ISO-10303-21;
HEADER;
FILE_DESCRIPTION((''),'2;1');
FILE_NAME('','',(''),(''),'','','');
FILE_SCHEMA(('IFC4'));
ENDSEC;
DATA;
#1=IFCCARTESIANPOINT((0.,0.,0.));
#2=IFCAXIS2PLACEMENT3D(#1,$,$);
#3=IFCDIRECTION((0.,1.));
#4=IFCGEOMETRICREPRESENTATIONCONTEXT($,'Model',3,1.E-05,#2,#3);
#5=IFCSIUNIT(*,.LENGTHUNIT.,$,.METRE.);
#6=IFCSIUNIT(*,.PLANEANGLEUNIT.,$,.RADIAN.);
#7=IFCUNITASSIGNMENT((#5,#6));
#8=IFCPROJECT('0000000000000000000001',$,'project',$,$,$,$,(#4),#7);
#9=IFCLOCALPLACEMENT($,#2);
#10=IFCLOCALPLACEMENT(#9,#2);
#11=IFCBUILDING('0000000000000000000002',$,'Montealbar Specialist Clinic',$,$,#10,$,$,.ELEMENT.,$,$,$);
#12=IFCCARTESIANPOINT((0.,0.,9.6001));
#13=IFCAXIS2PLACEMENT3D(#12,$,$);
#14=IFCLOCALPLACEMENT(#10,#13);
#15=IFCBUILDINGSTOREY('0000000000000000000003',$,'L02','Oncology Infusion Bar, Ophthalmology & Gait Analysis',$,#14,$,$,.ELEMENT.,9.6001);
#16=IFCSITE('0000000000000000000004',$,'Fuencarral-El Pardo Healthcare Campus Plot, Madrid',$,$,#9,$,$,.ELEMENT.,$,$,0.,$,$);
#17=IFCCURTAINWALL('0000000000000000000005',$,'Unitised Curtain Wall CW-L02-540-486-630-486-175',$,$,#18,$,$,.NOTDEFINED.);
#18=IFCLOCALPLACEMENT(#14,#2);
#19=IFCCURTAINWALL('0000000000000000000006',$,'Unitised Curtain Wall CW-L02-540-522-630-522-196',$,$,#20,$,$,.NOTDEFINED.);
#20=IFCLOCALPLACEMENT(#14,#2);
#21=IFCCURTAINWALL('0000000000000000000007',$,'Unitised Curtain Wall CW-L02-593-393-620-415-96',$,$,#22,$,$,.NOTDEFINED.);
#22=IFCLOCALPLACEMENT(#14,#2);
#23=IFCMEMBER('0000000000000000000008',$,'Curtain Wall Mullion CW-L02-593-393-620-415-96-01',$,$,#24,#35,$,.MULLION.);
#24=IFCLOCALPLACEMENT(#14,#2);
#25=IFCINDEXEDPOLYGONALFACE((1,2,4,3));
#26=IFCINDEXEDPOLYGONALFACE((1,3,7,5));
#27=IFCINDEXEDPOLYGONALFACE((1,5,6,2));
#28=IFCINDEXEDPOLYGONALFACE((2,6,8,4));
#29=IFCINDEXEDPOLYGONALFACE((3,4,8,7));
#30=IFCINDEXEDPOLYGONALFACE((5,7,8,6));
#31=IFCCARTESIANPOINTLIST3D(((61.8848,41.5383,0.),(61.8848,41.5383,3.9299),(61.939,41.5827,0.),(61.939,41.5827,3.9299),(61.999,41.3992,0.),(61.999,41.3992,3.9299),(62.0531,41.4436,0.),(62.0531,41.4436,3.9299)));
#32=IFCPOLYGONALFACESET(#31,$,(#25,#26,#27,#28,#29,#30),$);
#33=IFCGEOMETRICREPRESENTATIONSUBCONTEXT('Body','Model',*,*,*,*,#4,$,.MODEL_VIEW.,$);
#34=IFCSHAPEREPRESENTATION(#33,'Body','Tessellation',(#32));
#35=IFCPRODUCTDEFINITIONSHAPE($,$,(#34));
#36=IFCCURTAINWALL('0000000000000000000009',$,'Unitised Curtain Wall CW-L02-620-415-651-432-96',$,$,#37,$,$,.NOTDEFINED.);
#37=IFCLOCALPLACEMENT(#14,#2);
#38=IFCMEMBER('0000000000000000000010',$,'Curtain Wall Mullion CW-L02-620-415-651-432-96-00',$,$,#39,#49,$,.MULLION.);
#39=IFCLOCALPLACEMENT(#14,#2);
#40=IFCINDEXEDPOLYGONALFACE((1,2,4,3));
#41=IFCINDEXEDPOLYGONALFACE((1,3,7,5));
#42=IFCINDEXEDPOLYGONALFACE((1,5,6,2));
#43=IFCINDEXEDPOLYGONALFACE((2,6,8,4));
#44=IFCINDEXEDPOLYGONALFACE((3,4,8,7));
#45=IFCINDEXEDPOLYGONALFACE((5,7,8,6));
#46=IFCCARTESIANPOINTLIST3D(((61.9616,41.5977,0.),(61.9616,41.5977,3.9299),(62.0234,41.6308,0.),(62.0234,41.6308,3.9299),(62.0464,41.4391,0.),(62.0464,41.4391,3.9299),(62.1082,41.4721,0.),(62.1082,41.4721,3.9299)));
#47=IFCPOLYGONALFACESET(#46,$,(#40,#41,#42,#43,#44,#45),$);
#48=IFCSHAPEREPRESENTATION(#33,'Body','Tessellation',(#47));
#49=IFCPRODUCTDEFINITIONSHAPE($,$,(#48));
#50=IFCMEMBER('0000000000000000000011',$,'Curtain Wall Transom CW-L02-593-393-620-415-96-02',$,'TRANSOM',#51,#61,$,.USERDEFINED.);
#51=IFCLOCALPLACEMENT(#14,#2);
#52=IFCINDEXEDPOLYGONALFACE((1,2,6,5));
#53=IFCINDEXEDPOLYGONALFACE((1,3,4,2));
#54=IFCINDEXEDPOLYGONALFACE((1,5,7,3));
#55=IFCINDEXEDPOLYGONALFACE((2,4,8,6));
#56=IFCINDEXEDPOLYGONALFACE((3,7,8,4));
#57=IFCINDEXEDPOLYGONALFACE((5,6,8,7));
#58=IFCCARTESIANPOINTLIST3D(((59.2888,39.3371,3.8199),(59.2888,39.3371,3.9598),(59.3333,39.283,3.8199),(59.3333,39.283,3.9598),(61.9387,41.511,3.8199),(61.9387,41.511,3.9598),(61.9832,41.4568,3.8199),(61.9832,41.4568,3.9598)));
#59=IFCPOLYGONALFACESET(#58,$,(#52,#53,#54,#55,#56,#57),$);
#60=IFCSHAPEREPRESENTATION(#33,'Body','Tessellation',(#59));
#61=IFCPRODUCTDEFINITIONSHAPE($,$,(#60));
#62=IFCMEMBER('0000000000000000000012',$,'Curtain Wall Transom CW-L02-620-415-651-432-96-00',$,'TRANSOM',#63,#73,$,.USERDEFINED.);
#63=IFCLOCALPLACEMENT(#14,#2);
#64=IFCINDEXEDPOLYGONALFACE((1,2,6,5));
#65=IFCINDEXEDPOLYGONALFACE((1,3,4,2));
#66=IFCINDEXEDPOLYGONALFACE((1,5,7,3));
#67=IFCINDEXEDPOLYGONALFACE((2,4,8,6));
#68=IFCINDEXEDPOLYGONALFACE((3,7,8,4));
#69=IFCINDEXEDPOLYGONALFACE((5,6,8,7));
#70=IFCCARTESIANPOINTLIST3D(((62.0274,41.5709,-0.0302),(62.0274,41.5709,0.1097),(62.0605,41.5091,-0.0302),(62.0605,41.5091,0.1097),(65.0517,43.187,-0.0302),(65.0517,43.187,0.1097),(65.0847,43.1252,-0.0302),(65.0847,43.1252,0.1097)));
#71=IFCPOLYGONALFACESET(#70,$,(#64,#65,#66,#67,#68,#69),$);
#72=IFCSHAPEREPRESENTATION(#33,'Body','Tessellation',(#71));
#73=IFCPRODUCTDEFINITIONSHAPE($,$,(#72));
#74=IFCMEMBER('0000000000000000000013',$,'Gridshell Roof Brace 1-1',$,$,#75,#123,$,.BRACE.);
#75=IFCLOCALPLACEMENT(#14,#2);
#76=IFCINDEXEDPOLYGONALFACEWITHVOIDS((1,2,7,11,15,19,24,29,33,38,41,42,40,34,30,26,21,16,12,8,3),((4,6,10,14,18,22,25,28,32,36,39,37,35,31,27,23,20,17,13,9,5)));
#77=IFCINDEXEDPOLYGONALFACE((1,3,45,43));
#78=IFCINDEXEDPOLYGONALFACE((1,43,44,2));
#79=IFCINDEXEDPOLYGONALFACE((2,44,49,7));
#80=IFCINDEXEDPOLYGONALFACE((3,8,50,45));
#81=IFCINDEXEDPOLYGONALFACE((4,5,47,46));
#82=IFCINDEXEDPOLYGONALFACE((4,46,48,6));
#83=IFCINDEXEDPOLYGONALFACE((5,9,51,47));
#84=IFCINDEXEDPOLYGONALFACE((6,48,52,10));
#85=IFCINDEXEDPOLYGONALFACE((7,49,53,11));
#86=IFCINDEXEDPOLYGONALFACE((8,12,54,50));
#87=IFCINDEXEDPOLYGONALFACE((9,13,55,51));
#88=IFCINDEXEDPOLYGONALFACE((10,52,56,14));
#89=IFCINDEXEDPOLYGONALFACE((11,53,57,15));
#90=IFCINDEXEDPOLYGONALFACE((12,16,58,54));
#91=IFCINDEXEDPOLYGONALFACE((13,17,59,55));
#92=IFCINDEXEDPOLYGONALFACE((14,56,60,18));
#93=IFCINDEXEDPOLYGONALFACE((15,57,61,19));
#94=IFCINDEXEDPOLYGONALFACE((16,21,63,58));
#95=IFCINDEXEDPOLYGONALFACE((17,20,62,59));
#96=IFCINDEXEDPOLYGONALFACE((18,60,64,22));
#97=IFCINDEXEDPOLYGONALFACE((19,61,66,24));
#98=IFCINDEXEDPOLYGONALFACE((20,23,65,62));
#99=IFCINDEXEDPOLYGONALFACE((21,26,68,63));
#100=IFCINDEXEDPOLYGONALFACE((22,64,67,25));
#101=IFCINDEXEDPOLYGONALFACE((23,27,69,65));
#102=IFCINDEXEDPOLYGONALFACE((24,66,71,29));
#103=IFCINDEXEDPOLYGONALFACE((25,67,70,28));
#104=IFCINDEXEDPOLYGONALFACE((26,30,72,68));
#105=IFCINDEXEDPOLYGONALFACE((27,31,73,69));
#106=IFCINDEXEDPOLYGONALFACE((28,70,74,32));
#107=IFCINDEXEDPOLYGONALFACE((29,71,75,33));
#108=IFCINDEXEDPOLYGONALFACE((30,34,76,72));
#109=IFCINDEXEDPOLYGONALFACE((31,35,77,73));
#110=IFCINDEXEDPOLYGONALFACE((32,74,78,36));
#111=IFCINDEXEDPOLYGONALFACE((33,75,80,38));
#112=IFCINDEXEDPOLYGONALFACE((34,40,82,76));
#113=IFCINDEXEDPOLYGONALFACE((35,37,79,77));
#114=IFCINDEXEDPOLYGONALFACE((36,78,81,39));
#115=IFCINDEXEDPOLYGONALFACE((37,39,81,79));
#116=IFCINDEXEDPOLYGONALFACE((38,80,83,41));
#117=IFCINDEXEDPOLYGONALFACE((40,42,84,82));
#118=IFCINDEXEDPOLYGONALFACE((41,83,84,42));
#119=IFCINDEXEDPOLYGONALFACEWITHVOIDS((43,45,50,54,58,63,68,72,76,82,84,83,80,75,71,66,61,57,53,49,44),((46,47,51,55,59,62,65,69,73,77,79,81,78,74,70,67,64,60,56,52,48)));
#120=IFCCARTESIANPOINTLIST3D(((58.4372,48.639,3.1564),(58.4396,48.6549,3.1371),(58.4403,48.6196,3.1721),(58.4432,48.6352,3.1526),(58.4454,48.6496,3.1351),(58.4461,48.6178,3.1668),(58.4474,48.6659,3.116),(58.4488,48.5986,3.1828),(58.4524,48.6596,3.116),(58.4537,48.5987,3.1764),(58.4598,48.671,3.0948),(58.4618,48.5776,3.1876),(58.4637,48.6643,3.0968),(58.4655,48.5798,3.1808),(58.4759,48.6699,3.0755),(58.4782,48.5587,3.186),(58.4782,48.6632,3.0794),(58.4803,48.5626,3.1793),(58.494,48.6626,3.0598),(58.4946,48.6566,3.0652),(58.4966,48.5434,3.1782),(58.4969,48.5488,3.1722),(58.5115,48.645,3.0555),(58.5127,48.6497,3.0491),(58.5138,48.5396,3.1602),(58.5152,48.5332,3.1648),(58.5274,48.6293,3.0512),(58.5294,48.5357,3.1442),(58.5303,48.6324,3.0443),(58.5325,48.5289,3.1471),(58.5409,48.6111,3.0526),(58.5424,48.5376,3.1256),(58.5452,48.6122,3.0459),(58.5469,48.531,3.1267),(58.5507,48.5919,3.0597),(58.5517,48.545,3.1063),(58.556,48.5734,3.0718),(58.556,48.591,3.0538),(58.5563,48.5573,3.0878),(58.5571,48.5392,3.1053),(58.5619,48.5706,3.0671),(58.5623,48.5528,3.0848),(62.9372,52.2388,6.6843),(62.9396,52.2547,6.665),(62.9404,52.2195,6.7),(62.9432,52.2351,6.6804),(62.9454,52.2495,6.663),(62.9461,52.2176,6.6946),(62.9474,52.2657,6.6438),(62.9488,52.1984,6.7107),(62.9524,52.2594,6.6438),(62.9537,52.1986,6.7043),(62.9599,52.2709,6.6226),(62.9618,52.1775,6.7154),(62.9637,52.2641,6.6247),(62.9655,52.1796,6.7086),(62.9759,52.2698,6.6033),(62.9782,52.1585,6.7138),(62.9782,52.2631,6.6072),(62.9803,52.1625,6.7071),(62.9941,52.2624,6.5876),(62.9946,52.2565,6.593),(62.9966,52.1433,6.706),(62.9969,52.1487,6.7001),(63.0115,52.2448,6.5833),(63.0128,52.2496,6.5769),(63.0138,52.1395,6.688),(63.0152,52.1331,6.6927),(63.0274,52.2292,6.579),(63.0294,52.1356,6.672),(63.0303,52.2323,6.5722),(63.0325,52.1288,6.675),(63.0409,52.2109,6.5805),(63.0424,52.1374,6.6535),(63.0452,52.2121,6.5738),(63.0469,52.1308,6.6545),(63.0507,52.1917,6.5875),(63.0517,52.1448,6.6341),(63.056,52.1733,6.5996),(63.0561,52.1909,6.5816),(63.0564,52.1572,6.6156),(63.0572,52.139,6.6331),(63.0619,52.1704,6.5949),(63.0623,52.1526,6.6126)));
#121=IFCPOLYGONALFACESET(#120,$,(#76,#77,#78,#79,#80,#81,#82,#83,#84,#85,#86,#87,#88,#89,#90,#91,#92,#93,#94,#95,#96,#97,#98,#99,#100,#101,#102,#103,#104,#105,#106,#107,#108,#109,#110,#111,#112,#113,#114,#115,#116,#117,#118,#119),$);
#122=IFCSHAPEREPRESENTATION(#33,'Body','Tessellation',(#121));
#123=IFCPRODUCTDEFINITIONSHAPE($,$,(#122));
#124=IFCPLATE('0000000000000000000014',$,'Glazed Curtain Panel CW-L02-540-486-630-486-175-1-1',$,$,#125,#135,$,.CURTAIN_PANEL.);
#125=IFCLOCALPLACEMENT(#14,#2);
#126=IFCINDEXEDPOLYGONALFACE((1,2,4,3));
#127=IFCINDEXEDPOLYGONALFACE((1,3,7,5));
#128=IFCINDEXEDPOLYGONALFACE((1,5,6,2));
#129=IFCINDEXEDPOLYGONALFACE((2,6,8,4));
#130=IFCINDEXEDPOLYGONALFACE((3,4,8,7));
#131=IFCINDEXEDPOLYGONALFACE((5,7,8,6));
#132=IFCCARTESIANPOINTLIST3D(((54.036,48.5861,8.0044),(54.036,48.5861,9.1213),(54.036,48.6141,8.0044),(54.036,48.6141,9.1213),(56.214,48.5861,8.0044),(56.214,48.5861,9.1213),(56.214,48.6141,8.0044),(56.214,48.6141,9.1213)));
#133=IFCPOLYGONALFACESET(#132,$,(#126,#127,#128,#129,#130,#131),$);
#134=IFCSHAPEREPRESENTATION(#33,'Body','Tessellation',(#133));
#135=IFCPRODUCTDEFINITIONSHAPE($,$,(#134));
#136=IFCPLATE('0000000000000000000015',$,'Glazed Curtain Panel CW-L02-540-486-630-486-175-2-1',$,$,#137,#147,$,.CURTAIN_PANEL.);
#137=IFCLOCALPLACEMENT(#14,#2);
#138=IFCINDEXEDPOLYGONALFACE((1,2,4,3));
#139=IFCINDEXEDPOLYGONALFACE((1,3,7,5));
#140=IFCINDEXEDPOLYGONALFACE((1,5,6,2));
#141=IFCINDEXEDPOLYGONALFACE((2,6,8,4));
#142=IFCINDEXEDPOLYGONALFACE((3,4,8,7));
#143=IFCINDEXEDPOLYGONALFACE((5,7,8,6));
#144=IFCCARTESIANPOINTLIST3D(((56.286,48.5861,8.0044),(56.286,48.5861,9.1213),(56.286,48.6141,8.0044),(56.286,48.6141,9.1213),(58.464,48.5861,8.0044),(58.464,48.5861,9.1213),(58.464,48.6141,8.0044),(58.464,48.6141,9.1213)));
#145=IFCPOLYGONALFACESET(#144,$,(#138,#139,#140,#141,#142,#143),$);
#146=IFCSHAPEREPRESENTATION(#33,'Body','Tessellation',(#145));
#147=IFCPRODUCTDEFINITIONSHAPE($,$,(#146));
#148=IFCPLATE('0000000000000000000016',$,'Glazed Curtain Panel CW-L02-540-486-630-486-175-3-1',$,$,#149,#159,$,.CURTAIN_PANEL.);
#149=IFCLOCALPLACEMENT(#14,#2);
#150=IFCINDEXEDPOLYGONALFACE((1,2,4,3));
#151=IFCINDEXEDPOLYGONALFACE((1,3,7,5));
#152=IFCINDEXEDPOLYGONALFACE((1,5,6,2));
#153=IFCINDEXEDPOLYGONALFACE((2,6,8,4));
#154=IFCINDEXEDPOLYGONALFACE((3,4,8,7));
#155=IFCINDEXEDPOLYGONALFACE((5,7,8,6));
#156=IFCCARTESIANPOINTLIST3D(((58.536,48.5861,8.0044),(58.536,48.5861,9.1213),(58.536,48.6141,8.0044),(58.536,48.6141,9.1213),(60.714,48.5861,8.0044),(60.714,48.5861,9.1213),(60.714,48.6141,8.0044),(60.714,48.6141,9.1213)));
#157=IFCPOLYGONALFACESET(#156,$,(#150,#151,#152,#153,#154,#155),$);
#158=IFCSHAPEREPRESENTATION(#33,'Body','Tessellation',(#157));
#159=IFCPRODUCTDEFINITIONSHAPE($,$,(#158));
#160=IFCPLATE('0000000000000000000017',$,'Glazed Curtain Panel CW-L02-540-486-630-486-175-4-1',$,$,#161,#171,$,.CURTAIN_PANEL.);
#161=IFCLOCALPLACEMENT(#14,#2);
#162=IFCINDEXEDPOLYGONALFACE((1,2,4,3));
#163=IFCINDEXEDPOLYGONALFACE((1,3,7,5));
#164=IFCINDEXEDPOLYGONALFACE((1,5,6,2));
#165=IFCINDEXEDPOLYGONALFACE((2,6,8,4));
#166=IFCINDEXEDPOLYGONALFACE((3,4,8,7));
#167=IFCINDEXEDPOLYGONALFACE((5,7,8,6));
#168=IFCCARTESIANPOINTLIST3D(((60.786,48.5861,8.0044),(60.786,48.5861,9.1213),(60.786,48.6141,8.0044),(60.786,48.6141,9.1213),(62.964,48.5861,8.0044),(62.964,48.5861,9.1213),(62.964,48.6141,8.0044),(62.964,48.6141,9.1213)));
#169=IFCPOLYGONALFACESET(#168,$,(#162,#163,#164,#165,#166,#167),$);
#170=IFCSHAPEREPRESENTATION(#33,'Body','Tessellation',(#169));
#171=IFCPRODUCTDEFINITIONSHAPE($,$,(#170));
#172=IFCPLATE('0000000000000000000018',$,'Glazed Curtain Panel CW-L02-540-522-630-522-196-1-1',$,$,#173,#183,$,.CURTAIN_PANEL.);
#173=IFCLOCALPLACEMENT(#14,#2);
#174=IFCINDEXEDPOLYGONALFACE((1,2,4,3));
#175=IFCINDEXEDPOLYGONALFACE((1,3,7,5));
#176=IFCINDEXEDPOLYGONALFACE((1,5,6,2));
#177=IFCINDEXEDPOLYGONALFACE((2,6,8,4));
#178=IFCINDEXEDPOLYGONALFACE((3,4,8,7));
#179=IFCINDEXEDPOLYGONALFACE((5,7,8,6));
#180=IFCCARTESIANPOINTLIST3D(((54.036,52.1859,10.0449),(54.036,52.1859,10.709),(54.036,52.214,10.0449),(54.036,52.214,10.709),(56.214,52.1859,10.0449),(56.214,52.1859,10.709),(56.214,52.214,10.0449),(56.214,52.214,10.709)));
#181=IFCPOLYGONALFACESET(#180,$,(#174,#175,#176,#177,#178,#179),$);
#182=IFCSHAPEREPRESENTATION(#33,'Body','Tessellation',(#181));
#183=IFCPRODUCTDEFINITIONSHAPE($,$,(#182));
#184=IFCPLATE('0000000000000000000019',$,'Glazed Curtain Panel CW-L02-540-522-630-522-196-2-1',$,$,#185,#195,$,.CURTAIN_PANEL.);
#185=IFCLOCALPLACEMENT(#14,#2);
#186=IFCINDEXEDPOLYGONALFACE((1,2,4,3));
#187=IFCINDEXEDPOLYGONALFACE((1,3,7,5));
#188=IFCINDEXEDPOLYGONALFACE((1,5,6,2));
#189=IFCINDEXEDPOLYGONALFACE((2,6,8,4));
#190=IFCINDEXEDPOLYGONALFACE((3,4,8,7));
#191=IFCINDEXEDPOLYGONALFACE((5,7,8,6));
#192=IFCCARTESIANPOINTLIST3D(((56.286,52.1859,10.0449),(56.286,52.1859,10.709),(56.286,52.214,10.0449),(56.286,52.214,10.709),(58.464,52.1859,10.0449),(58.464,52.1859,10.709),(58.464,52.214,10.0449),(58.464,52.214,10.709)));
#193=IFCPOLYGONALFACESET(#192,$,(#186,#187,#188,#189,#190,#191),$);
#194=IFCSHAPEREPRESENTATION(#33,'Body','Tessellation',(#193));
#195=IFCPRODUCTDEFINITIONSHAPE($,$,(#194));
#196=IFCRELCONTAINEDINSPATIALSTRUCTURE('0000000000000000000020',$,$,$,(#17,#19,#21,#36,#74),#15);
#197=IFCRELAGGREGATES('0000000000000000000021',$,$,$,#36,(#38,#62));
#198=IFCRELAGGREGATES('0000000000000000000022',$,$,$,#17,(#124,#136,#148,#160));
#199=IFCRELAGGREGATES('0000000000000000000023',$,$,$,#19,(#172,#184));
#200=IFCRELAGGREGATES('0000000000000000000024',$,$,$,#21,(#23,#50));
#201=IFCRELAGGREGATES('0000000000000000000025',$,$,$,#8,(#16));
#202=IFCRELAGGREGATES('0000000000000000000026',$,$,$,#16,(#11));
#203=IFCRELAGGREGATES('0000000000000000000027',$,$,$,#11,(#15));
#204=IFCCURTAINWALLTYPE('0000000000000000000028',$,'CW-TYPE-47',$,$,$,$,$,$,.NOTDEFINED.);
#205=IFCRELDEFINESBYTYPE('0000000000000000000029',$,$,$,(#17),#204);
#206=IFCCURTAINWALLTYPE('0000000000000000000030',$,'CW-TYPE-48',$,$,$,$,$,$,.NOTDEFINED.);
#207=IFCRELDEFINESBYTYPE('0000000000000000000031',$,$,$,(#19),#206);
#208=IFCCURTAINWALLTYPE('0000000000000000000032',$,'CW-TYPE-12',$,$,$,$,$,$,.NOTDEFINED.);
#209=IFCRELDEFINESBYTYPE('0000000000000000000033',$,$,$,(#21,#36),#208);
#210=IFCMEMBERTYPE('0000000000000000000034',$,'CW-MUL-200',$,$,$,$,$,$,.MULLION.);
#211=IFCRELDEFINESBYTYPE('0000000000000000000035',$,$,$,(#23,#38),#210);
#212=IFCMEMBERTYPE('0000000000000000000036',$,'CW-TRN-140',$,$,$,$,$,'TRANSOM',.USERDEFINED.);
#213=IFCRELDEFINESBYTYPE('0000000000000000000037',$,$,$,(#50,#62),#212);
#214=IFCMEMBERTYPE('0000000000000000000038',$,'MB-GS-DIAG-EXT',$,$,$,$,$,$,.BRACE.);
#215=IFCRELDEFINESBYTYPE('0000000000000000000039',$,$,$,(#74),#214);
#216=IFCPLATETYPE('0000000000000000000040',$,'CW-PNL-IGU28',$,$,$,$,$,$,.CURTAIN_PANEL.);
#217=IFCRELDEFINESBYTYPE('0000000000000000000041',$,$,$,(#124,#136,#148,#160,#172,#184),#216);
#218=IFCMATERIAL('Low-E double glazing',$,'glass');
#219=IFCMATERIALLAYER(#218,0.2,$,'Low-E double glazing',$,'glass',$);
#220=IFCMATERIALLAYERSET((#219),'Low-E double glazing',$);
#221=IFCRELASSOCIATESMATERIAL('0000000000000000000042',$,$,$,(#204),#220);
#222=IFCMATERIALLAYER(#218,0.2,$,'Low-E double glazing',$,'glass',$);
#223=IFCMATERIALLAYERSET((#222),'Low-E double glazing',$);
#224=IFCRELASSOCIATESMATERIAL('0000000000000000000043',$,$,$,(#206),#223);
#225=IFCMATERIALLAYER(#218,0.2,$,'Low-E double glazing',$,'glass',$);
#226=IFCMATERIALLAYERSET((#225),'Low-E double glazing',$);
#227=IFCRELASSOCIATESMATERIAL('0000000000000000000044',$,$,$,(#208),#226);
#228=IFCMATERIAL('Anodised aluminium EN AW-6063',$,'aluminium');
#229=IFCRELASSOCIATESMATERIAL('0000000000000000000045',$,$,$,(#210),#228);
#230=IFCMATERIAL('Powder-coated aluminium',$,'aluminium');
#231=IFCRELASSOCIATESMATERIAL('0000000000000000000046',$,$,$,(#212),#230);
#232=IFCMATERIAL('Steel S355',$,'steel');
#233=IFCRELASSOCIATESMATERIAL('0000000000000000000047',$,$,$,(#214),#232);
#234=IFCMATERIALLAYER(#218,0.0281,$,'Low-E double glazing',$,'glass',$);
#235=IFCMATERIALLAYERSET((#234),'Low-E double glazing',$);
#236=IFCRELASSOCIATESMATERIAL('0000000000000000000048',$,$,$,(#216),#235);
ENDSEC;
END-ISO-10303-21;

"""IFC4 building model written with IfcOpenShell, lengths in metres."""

from ifc_helpers import new_model, si_unit, direction, frame, origin, origin_2d, place, context, subcontext, project, spatial, rectangle, hollow_circle, extrude, material, layer, layer_set, material_profile, profile_set, type_object, element, aggregate, save


model = new_model("IFC4")

# Units and contexts
model_context = context("Model", 3, precision=1e-05, world=origin(), true_north=direction((0.0, 1.0)))
body_context = subcontext(model_context, "Body", "Model", "MODEL_VIEW")
ifc_project = project(units=[si_unit("LENGTHUNIT", "METRE"), si_unit("PLANEANGLEUNIT", "RADIAN")], contexts=[model_context])

# Site, building, storey
site_placement = place(None, origin())
site = spatial("IfcSite", under=ifc_project, at=site_placement, Name="Fuencarral-El Pardo Healthcare Campus Plot, Madrid", CompositionType="ELEMENT", RefElevation=0.0)
building_placement = place(site_placement, origin())
building = spatial("IfcBuilding", under=site, at=building_placement, Name="Montealbar Specialist Clinic", CompositionType="ELEMENT")
storey_placement = place(building_placement, frame((0.0, 0.0, 9.6001)))
storey = spatial("IfcBuildingStorey", under=building, at=storey_placement, Name="L02", Description="Oncology Infusion Bar, Ophthalmology & Gait Analysis", CompositionType="ELEMENT", Elevation=9.6001)

# Shared definitions
ifc_material_1 = material(Name="Steel S355", Category="steel")

# Curtain wall
ifc_material_2 = material(Name="Low-E double glazing", Category="glass")
ifc_layer_1 = layer(ifc_material_2, 0.2, Name="Low-E double glazing", Category="glass")
ifc_layer_set_1 = layer_set([ifc_layer_1], Name="Low-E double glazing")
curtain_wall_type_1 = type_object("IfcCurtainWallType", Name="CW-TYPE-47", PredefinedType="NOTDEFINED", material=ifc_layer_set_1)
curtain_wall_1_placement = place(storey_placement, origin())
curtain_wall_1 = element("IfcCurtainWall", 1, at=curtain_wall_1_placement, inside=storey, type_object=curtain_wall_type_1, Name="Unitised Curtain Wall CW-L02-540-486-630-486-175", PredefinedType="NOTDEFINED")
ifc_material_3 = material(Name="Anodised aluminium EN AW-6063", Category="aluminium")

# Curtain walls, members
ifc_layer_2 = layer(ifc_material_2, 0.2, Name="Low-E double glazing", Category="glass")
ifc_layer_set_2 = layer_set([ifc_layer_2], Name="Low-E double glazing")
curtain_wall_type_2 = type_object("IfcCurtainWallType", Name="CW-TYPE-48", PredefinedType="NOTDEFINED", material=ifc_layer_set_2)
curtain_wall_2_placement = place(storey_placement, origin())
curtain_wall_2 = element("IfcCurtainWall", 2, at=curtain_wall_2_placement, inside=storey, type_object=curtain_wall_type_2, Name="Unitised Curtain Wall CW-L02-540-522-630-522-196", PredefinedType="NOTDEFINED")
ifc_layer_3 = layer(ifc_material_2, 0.2, Name="Low-E double glazing", Category="glass")
ifc_layer_set_3 = layer_set([ifc_layer_3], Name="Low-E double glazing")
curtain_wall_type_3 = type_object("IfcCurtainWallType", Name="CW-TYPE-12", PredefinedType="NOTDEFINED", material=ifc_layer_set_3)
curtain_wall_3_placement = place(storey_placement, origin())
curtain_wall_3 = element("IfcCurtainWall", 3, at=curtain_wall_3_placement, inside=storey, type_object=curtain_wall_type_3, Name="Unitised Curtain Wall CW-L02-593-393-620-415-96", PredefinedType="NOTDEFINED")
ifc_material_profile_1 = material_profile(ifc_material_3, rectangle(XDim=0.0701, YDim=0.1799, at=origin_2d()), Name="ALU 70x180", Category="aluminium")
ifc_profile_set_1 = profile_set([ifc_material_profile_1], Name="Anodised aluminium EN AW-6063")
member_type_1 = type_object("IfcMemberType", Name="CW-MUL-200", PredefinedType="MULLION", material=ifc_profile_set_1)
member_1_placement = place(storey_placement, frame((61.969, 41.491, 0.0), z_axis=(0.0, 0.0, 1.0), x_axis=(0.773123, 0.634256, 0.0)))
member_1 = element("IfcMember", 4, at=member_1_placement, type_object=member_type_1, Name="Curtain Wall Mullion CW-L02-593-393-620-415-96-01", PredefinedType="MULLION", context=body_context, shape_type="SweptSolid", body=[
    extrude(rectangle(XDim=0.0701, YDim=0.1799, at=origin_2d()), origin(), (0.0, 0.0, 1.0), 3.9299),
])
curtain_wall_4_placement = place(storey_placement, origin())
curtain_wall_4 = element("IfcCurtainWall", 5, at=curtain_wall_4_placement, inside=storey, type_object=curtain_wall_type_3, Name="Unitised Curtain Wall CW-L02-620-415-651-432-96", PredefinedType="NOTDEFINED")
member_2_placement = place(storey_placement, frame((62.0349, 41.5349, 0.0), z_axis=(0.0, 0.0, 1.0), x_axis=(0.88185, 0.471529, 0.0)))
member_2 = element("IfcMember", 6, at=member_2_placement, type_object=member_type_1, Name="Curtain Wall Mullion CW-L02-620-415-651-432-96-00", PredefinedType="MULLION", context=body_context, shape_type="SweptSolid", body=[
    extrude(rectangle(XDim=0.0701, YDim=0.1799, at=origin_2d()), origin(), (0.0, 0.0, 1.0), 3.9299),
])

# Members
ifc_material_4 = material(Name="Powder-coated aluminium", Category="aluminium")
ifc_material_profile_2 = material_profile(ifc_material_4, rectangle(XDim=0.0701, YDim=0.1399, at=origin_2d()), Name="ALU 70x140", Category="aluminium")
ifc_profile_set_2 = profile_set([ifc_material_profile_2], Name="Powder-coated aluminium")
member_type_2 = type_object("IfcMemberType", Name="CW-TRN-140", ElementType="TRANSOM", PredefinedType="USERDEFINED", material=ifc_profile_set_2)
member_3_placement = place(storey_placement, frame((59.311, 39.3101, 3.8899), z_axis=(0.773138, 0.634238, 0.0), x_axis=(-0.634238, 0.773138, 0.0)))
member_3 = element("IfcMember", 7, at=member_3_placement, type_object=member_type_2, Name="Curtain Wall Transom CW-L02-593-393-620-415-96-02", ObjectType="TRANSOM", PredefinedType="USERDEFINED", context=body_context, shape_type="SweptSolid", body=[
    extrude(rectangle(XDim=0.0701, YDim=0.1399, at=origin_2d()), origin(), (0.0, 0.0, 1.0), 3.4275),
])
member_4_placement = place(storey_placement, frame((62.0439, 41.54, 0.0398), z_axis=(0.88198, 0.471287, 0.0), x_axis=(-0.471287, 0.88198, 0.0)))
member_4 = element("IfcMember", 8, at=member_4_placement, type_object=member_type_2, Name="Curtain Wall Transom CW-L02-620-415-651-432-96-00", ObjectType="TRANSOM", PredefinedType="USERDEFINED", context=body_context, shape_type="SweptSolid", body=[
    extrude(rectangle(XDim=0.0701, YDim=0.1399, at=origin_2d()), origin(), (0.0, 0.0, 1.0), 3.429),
])
aggregate(curtain_wall_4, [member_2, member_4])
ifc_material_profile_3 = material_profile(ifc_material_1, hollow_circle(Radius=0.0842, WallThickness=0.0081, at=origin_2d()), Name="CHS 168.3x8.0", Category="steel")
ifc_profile_set_3 = profile_set([ifc_material_profile_3], Name="Steel S355")
member_type_3 = type_object("IfcMemberType", Name="MB-GS-DIAG-EXT", PredefinedType="BRACE", material=ifc_profile_set_3)
member_5_placement = place(storey_placement, frame((58.5, 48.6001, 3.116), z_axis=(0.665994, 0.532774, 0.522115), x_axis=(-0.62468, 0.780881, 0.0)))
element("IfcMember", 9, at=member_5_placement, inside=storey, type_object=member_type_3, Name="Gridshell Roof Brace 1-1", PredefinedType="BRACE", context=body_context, shape_type="SweptSolid", body=[
    extrude(hollow_circle(Radius=0.0842, WallThickness=0.0081, at=origin_2d()), origin(), (0.0, 0.0, 1.0), 6.7568),
])

# Plates
ifc_layer_4 = layer(ifc_material_2, 0.0281, Name="Low-E double glazing", Category="glass")
ifc_layer_set_4 = layer_set([ifc_layer_4], Name="Low-E double glazing")
plate_type_1 = type_object("IfcPlateType", Name="CW-PNL-IGU28", PredefinedType="CURTAIN_PANEL", material=ifc_layer_set_4)
plate_1_placement = place(storey_placement, frame((55.125, 48.6001, 8.0044), z_axis=(0.0, 0.0, 1.0), x_axis=(1.0, 0.0, 0.0)))
plate_1 = element("IfcPlate", 10, at=plate_1_placement, type_object=plate_type_1, Name="Glazed Curtain Panel CW-L02-540-486-630-486-175-1-1", PredefinedType="CURTAIN_PANEL", context=body_context, shape_type="SweptSolid", body=[
    extrude(rectangle(XDim=2.178, YDim=0.0281, at=origin_2d()), origin(), (0.0, 0.0, 1.0), 1.1169),
])
plate_2_placement = place(storey_placement, frame((57.375, 48.6001, 8.0044), z_axis=(0.0, 0.0, 1.0), x_axis=(1.0, 0.0, 0.0)))
plate_2 = element("IfcPlate", 11, at=plate_2_placement, type_object=plate_type_1, Name="Glazed Curtain Panel CW-L02-540-486-630-486-175-2-1", PredefinedType="CURTAIN_PANEL", context=body_context, shape_type="SweptSolid", body=[
    extrude(rectangle(XDim=2.178, YDim=0.0281, at=origin_2d()), origin(), (0.0, 0.0, 1.0), 1.1169),
])
plate_3_placement = place(storey_placement, frame((59.625, 48.6001, 8.0044), z_axis=(0.0, 0.0, 1.0), x_axis=(1.0, 0.0, 0.0)))
plate_3 = element("IfcPlate", 12, at=plate_3_placement, type_object=plate_type_1, Name="Glazed Curtain Panel CW-L02-540-486-630-486-175-3-1", PredefinedType="CURTAIN_PANEL", context=body_context, shape_type="SweptSolid", body=[
    extrude(rectangle(XDim=2.178, YDim=0.0281, at=origin_2d()), origin(), (0.0, 0.0, 1.0), 1.1169),
])
plate_4_placement = place(storey_placement, frame((61.875, 48.6001, 8.0044), z_axis=(0.0, 0.0, 1.0), x_axis=(1.0, 0.0, 0.0)))
plate_4 = element("IfcPlate", 13, at=plate_4_placement, type_object=plate_type_1, Name="Glazed Curtain Panel CW-L02-540-486-630-486-175-4-1", PredefinedType="CURTAIN_PANEL", context=body_context, shape_type="SweptSolid", body=[
    extrude(rectangle(XDim=2.178, YDim=0.0281, at=origin_2d()), origin(), (0.0, 0.0, 1.0), 1.1169),
])
aggregate(curtain_wall_1, [plate_1, plate_2, plate_3, plate_4])
plate_5_placement = place(storey_placement, frame((55.125, 52.2, 10.0449), z_axis=(0.0, 0.0, 1.0), x_axis=(1.0, 0.0, 0.0)))
plate_5 = element("IfcPlate", 14, at=plate_5_placement, type_object=plate_type_1, Name="Glazed Curtain Panel CW-L02-540-522-630-522-196-1-1", PredefinedType="CURTAIN_PANEL", context=body_context, shape_type="SweptSolid", body=[
    extrude(rectangle(XDim=2.178, YDim=0.0281, at=origin_2d()), origin(), (0.0, 0.0, 1.0), 0.6641),
])
plate_6_placement = place(storey_placement, frame((57.375, 52.2, 10.0449), z_axis=(0.0, 0.0, 1.0), x_axis=(1.0, 0.0, 0.0)))
plate_6 = element("IfcPlate", 15, at=plate_6_placement, type_object=plate_type_1, Name="Glazed Curtain Panel CW-L02-540-522-630-522-196-2-1", PredefinedType="CURTAIN_PANEL", context=body_context, shape_type="SweptSolid", body=[
    extrude(rectangle(XDim=2.178, YDim=0.0281, at=origin_2d()), origin(), (0.0, 0.0, 1.0), 0.6641),
])
aggregate(curtain_wall_2, [plate_5, plate_6])
aggregate(curtain_wall_3, [member_1, member_3])

save(model, "model.ifc")
